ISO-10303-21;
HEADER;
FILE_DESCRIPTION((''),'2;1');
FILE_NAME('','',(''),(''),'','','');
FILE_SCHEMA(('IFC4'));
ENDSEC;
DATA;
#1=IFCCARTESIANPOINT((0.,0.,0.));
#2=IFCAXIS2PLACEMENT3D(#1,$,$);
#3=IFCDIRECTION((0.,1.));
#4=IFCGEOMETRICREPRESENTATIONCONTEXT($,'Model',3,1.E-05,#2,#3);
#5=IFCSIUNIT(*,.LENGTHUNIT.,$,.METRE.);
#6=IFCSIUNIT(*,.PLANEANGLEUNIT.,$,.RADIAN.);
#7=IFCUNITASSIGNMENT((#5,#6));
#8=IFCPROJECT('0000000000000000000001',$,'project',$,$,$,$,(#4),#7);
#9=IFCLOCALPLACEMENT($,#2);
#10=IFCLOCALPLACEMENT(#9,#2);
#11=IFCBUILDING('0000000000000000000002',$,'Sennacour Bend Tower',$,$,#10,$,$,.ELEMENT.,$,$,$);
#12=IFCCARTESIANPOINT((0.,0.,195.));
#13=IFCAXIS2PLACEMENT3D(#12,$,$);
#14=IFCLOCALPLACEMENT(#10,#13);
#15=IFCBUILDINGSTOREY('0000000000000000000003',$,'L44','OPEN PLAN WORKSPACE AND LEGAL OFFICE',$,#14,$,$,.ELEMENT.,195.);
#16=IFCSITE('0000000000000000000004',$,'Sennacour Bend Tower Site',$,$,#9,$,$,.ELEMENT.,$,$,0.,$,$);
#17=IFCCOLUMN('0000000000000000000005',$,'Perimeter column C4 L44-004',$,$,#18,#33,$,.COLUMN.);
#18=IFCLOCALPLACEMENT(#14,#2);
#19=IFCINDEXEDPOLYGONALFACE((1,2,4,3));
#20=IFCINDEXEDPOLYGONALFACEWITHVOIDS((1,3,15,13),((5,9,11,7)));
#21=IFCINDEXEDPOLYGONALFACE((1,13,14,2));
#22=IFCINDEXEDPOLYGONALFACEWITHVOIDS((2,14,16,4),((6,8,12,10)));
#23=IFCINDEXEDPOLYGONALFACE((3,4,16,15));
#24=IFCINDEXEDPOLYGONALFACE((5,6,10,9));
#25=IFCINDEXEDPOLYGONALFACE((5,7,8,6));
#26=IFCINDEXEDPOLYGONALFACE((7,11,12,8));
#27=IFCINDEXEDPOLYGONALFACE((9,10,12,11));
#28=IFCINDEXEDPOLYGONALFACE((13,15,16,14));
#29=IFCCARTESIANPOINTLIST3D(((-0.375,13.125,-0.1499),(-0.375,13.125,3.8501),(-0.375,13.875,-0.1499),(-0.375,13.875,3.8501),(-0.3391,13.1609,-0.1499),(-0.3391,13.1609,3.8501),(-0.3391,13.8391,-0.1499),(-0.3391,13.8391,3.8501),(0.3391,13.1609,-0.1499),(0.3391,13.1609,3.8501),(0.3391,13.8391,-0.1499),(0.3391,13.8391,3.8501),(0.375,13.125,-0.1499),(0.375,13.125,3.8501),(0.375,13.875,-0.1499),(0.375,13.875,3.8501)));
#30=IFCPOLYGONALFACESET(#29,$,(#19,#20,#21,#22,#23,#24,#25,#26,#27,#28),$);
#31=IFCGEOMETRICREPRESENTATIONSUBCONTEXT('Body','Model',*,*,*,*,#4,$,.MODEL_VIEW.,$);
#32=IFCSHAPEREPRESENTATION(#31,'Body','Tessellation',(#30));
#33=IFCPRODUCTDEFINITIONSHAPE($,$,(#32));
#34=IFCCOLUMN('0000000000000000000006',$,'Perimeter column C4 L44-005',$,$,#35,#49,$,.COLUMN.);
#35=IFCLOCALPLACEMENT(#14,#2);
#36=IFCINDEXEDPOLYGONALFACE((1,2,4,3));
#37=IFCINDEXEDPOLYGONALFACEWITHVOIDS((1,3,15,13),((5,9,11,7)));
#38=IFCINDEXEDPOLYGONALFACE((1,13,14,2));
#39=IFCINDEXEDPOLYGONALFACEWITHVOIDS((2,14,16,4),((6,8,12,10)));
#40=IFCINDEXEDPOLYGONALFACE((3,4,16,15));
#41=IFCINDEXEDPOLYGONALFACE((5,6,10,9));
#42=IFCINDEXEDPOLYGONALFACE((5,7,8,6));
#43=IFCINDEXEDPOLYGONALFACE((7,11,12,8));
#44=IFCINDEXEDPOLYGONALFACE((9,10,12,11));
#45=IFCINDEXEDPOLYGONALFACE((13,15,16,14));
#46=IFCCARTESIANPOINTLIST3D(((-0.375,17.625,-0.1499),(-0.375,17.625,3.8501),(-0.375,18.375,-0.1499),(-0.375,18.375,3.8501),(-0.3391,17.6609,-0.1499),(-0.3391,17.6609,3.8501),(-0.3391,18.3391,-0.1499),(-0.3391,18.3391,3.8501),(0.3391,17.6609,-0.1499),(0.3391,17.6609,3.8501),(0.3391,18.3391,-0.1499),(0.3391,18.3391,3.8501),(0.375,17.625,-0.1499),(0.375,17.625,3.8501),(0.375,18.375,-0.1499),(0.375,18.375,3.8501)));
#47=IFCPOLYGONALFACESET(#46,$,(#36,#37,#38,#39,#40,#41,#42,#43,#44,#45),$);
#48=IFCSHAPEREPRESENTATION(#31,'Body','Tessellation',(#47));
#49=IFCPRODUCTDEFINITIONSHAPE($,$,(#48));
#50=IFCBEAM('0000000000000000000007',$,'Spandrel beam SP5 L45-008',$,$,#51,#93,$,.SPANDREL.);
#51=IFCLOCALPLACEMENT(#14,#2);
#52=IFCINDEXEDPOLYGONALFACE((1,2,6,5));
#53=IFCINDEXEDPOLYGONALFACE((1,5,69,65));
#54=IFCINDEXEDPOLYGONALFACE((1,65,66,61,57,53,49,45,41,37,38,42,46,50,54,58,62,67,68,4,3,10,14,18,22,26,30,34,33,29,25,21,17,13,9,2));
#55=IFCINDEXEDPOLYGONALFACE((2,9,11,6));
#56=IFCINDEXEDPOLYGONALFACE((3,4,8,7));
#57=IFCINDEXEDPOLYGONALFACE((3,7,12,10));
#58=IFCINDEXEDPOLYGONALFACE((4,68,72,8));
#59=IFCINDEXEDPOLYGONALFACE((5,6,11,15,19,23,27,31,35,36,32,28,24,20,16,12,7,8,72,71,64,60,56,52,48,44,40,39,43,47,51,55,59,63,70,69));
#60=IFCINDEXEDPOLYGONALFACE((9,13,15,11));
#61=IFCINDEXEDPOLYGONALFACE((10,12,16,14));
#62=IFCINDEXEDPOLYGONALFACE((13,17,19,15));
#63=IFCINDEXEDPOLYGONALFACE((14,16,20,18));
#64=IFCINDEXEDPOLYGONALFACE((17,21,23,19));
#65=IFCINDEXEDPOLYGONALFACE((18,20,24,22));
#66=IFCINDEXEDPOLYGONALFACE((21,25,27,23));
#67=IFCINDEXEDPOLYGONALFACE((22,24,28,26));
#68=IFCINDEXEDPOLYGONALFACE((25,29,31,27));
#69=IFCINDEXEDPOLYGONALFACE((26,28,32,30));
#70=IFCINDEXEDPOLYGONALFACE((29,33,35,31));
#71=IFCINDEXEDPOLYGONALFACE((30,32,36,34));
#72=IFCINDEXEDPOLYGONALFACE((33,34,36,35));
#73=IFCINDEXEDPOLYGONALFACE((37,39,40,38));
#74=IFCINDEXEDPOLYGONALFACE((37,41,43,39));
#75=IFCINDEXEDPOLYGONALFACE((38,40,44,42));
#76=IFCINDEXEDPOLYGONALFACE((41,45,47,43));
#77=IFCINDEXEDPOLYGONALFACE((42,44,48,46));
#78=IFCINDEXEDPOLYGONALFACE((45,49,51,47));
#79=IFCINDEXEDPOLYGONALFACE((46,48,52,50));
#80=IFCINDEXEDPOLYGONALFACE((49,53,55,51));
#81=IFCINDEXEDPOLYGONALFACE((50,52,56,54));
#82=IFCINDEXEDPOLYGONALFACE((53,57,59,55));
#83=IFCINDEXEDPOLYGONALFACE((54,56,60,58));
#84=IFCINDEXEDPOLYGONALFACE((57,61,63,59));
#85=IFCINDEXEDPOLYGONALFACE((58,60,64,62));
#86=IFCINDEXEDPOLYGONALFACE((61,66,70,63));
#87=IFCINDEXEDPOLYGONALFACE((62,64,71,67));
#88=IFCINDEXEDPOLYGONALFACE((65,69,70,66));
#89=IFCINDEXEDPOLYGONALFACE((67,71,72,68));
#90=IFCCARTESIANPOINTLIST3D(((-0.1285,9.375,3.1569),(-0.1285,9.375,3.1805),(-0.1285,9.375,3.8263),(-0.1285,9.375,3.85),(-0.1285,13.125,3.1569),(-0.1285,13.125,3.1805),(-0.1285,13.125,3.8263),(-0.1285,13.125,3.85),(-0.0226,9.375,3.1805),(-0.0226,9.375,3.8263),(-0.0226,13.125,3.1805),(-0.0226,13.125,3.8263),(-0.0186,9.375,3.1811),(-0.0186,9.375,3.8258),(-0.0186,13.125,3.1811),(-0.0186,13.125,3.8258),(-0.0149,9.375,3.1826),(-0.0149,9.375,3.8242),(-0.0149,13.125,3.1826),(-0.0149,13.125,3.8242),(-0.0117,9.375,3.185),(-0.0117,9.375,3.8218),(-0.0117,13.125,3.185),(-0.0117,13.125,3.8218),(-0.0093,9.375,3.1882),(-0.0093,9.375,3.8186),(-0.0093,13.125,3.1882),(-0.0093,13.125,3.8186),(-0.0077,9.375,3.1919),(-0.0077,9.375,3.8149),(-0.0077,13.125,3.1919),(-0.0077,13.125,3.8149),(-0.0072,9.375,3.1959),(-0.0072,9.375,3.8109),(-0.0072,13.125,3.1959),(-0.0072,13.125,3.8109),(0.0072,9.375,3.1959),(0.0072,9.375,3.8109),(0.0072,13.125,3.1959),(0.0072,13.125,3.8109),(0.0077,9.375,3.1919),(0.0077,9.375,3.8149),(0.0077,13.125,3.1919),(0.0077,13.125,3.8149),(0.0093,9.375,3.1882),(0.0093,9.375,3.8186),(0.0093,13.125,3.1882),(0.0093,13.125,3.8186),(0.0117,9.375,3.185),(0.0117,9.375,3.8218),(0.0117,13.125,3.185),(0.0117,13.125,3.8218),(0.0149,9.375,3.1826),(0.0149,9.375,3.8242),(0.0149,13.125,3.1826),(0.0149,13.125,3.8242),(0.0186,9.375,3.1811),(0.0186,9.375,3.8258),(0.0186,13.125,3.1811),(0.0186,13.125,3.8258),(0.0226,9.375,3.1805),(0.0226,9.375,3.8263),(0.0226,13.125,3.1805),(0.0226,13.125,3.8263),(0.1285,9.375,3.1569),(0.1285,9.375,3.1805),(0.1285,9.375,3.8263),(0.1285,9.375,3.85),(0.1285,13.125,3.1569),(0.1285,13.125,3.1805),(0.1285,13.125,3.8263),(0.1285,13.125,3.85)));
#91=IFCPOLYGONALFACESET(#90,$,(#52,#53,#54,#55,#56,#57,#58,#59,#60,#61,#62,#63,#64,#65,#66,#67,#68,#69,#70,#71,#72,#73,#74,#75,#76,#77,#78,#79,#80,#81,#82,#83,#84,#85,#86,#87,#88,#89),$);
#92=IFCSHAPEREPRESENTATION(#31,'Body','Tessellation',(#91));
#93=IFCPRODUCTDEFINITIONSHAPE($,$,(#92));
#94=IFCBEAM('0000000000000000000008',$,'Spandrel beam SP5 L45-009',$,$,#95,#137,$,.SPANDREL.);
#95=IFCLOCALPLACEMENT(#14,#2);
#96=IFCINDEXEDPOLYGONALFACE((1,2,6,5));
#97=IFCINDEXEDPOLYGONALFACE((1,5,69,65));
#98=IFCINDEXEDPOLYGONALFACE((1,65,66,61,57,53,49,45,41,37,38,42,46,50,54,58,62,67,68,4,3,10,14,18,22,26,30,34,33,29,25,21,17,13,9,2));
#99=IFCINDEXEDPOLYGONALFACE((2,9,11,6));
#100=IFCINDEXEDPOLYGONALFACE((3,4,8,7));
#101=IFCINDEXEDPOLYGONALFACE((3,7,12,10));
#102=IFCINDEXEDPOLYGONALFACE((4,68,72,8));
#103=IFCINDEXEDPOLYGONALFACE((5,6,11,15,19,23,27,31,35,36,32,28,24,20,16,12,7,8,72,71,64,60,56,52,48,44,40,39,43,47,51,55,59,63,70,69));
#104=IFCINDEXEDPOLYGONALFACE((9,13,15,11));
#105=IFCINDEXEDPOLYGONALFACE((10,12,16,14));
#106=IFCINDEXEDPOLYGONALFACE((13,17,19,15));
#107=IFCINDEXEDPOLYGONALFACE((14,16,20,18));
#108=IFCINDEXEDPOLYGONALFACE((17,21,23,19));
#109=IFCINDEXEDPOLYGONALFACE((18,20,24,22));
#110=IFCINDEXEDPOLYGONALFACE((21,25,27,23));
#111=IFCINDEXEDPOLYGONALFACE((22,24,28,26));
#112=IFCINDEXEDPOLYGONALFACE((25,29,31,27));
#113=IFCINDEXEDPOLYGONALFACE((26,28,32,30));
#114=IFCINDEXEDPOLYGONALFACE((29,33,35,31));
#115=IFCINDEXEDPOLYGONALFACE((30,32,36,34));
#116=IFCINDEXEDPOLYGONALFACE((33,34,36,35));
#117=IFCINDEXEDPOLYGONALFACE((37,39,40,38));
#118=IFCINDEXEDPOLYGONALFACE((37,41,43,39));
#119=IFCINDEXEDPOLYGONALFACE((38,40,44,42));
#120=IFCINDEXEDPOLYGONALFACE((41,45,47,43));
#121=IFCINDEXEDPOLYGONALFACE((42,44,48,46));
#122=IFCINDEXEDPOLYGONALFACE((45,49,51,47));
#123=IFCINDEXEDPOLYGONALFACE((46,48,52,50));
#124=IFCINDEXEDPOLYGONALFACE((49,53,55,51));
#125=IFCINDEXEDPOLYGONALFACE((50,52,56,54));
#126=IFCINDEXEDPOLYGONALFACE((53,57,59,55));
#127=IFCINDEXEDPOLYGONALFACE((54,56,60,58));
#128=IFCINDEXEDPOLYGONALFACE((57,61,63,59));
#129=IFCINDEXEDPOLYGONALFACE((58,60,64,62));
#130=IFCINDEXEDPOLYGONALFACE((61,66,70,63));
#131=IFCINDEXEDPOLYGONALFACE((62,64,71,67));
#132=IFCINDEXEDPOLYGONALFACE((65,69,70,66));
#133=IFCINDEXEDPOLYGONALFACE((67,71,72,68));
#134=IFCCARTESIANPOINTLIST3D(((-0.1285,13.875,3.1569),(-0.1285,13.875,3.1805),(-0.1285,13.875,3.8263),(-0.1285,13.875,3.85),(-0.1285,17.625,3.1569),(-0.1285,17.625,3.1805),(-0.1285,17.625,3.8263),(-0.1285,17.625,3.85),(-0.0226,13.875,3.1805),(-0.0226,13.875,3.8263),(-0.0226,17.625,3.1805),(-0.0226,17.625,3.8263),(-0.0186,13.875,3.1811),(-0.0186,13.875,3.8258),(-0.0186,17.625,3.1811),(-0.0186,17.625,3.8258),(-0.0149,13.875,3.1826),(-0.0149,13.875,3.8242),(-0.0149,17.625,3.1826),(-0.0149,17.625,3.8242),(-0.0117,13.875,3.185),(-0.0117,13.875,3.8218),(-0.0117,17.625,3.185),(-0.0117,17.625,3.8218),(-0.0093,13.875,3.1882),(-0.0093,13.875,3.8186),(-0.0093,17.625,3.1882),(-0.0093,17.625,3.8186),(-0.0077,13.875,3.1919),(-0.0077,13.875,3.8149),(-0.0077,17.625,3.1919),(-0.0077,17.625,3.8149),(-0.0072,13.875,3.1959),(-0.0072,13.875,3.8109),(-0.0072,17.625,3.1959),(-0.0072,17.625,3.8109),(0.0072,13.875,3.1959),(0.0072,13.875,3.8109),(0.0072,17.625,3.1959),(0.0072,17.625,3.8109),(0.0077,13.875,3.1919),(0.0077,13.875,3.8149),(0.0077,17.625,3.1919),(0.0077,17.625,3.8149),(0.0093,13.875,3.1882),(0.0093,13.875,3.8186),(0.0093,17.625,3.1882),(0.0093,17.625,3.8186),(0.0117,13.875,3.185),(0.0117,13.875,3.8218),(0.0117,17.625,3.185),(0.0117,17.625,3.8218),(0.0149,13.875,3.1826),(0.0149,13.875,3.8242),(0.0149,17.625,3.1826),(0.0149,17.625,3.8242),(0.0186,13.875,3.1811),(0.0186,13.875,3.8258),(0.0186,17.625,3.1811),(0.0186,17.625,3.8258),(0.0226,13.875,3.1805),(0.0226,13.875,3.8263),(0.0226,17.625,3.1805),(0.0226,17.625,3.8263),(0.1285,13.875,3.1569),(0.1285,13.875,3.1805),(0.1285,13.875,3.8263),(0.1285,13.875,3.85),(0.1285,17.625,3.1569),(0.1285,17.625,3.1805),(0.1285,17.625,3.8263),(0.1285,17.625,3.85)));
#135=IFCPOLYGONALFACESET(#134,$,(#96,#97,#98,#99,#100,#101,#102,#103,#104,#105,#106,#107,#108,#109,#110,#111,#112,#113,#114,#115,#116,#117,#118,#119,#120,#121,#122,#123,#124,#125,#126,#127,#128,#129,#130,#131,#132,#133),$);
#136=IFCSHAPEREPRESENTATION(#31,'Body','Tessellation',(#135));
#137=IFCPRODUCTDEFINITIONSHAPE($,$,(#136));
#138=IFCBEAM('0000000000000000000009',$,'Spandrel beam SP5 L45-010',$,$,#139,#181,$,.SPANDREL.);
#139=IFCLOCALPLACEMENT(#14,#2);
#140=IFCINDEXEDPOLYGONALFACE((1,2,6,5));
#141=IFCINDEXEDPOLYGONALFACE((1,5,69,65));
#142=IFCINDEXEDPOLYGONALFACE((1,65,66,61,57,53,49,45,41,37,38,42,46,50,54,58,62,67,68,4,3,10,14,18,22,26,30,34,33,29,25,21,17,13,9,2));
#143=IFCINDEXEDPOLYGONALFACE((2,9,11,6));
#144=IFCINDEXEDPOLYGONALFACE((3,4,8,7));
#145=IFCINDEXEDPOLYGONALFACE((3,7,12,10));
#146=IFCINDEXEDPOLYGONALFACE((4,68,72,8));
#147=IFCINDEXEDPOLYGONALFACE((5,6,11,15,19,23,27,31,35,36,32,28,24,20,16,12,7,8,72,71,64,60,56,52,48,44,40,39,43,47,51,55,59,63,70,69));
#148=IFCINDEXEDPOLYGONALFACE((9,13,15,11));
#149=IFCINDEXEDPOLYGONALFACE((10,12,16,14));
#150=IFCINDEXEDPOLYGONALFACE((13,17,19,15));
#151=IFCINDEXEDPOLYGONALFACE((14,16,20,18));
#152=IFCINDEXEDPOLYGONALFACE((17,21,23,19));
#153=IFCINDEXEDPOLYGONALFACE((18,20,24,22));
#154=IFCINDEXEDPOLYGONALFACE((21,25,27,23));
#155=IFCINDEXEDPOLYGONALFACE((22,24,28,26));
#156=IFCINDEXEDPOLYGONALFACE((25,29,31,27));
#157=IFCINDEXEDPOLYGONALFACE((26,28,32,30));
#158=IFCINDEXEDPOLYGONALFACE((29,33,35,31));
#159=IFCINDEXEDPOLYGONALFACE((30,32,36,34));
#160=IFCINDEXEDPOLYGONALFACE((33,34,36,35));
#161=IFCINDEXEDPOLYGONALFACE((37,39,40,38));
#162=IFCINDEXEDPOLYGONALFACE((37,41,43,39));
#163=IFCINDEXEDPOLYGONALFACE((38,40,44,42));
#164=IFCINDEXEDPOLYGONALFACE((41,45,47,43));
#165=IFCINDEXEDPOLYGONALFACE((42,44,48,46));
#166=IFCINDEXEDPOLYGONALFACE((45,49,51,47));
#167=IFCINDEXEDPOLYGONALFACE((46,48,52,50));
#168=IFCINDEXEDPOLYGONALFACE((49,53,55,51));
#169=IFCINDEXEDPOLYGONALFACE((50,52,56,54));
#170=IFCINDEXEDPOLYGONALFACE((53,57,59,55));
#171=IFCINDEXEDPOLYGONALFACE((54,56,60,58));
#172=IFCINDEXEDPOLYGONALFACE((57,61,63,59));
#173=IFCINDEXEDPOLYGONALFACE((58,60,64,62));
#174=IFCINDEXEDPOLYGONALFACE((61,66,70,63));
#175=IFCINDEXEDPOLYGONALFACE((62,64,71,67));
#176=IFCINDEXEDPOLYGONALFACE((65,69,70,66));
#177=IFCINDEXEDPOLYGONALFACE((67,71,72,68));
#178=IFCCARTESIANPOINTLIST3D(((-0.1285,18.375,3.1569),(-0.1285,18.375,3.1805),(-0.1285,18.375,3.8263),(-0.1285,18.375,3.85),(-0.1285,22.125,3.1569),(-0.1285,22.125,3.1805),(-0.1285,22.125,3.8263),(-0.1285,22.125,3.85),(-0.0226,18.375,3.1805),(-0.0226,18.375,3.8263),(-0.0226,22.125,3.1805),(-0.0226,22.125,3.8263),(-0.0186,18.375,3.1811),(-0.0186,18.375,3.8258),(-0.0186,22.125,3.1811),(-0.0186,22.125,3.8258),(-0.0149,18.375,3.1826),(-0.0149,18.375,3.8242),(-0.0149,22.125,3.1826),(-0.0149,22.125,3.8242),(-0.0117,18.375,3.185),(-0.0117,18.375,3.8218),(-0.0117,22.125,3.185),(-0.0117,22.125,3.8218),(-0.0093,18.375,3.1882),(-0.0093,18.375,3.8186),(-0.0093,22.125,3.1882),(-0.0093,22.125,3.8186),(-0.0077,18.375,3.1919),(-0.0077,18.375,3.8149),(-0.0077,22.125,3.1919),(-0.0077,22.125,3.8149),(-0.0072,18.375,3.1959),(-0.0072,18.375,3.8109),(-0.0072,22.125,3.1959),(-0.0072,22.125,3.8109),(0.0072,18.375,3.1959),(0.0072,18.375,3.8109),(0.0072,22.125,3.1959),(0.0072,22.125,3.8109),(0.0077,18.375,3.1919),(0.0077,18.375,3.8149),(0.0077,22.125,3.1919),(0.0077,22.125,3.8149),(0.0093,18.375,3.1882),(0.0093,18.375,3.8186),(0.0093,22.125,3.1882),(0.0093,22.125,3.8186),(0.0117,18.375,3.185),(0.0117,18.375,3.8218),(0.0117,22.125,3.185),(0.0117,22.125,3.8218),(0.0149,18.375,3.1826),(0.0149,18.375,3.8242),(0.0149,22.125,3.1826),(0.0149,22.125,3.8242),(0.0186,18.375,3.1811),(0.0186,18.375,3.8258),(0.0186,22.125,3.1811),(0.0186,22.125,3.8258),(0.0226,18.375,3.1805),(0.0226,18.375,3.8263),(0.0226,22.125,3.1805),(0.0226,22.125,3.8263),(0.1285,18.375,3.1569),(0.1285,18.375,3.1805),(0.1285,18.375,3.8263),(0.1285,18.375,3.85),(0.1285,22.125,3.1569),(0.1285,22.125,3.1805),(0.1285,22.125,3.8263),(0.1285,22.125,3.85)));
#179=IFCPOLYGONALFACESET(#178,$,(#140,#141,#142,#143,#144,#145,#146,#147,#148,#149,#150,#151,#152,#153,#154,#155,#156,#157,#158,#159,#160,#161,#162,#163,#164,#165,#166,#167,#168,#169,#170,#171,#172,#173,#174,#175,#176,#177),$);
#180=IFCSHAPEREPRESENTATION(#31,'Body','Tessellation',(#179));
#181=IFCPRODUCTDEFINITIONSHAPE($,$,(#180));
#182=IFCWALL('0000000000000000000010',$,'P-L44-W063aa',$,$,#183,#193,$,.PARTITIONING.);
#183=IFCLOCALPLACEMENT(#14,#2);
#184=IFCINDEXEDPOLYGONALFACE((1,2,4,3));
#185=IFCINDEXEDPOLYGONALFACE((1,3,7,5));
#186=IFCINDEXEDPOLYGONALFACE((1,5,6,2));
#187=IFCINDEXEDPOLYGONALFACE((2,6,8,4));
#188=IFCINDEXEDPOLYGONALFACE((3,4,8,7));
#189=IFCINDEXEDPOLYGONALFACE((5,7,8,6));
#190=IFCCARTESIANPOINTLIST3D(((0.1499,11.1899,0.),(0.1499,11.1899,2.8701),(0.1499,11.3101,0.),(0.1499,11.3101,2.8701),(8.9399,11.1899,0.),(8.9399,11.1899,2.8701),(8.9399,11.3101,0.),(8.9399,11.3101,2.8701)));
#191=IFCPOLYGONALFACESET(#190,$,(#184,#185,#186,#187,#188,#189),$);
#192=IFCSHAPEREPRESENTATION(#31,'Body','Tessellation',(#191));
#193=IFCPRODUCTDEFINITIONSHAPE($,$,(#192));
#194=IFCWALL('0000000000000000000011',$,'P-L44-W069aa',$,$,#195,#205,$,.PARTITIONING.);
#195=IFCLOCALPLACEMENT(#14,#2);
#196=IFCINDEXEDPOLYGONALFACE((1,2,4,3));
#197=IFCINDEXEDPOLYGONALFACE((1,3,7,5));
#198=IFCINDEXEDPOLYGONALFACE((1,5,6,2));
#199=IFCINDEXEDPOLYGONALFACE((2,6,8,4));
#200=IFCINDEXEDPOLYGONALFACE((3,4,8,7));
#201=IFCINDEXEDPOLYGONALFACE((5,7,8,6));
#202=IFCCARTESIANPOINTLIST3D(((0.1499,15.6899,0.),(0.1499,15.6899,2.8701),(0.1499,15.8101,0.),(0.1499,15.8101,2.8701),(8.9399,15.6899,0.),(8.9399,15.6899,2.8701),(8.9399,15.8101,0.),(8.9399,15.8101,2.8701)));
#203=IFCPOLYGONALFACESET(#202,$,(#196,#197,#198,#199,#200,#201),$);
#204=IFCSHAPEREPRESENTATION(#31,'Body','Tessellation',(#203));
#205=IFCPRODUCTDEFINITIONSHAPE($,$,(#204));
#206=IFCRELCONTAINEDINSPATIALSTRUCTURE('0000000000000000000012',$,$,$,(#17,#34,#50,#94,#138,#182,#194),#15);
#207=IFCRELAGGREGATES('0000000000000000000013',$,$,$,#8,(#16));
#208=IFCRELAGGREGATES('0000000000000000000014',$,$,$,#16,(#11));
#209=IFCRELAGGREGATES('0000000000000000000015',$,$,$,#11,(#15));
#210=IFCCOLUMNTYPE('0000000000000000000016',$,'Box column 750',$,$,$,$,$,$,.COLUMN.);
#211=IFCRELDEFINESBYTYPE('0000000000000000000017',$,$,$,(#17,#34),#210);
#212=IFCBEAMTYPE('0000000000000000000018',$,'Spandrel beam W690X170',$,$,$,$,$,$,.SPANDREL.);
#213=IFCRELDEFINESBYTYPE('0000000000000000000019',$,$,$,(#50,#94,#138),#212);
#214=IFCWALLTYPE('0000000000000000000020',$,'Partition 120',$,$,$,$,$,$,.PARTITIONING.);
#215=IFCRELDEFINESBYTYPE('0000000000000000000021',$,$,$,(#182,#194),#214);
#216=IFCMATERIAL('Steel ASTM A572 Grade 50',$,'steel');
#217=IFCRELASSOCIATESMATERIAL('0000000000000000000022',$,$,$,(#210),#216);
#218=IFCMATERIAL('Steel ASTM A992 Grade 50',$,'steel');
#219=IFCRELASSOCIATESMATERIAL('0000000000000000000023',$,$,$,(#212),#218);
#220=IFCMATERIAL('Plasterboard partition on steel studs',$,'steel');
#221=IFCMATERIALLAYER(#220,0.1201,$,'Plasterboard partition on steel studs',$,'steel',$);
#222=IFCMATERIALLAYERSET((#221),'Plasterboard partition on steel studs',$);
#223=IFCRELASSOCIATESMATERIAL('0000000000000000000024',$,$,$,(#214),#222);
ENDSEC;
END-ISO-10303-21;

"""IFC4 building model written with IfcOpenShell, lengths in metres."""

from ifc_helpers import new_model, si_unit, direction, frame, frame_2d, origin, origin_2d, place, context, subcontext, project, spatial, rectangle, hollow_rectangle, i_section, extrude, material, layer, layer_set, material_profile, profile_set, type_object, element, save


model = new_model("IFC4")

# Units and contexts
model_context = context("Model", 3, precision=1e-05, world=origin(), true_north=direction((0.0, 1.0)))
body_context = subcontext(model_context, "Body", "Model", "MODEL_VIEW")
ifc_project = project(units=[si_unit("LENGTHUNIT", "METRE"), si_unit("PLANEANGLEUNIT", "RADIAN")], contexts=[model_context])

# Site, building, storey
site_placement = place(None, origin())
site = spatial("IfcSite", under=ifc_project, at=site_placement, Name="Sennacour Bend Tower Site", CompositionType="ELEMENT", RefElevation=0.0)
building_placement = place(site_placement, origin())
building = spatial("IfcBuilding", under=site, at=building_placement, Name="Sennacour Bend Tower", CompositionType="ELEMENT")
storey_placement = place(building_placement, frame((0.0, 0.0, 195.0)))
storey = spatial("IfcBuildingStorey", under=building, at=storey_placement, Name="L44", Description="OPEN PLAN WORKSPACE AND LEGAL OFFICE", CompositionType="ELEMENT", Elevation=195.0)

# Columns
ifc_material_1 = material(Name="Steel ASTM A572 Grade 50", Category="steel")
ifc_material_profile_1 = material_profile(ifc_material_1, hollow_rectangle(XDim=0.75, YDim=0.75, WallThickness=0.0359, at=origin_2d()), Name="Steel ASTM A572 Grade 50", Category="steel")
ifc_profile_set_1 = profile_set([ifc_material_profile_1], Name="Steel ASTM A572 Grade 50")
column_type = type_object("IfcColumnType", Name="Box column 750", PredefinedType="COLUMN", material=ifc_profile_set_1)
for number, where, z_axis, x_axis, name in (
    (1, (0.0, 13.5, -0.1499), (0.0, 0.0, 1.0), (1.0, 0.0, 0.0), "Perimeter column C4 L44-004"),
    (2, (0.0, 18.0, -0.1499), (0.0, 0.0, 1.0), (1.0, 0.0, 0.0), "Perimeter column C4 L44-005"),
):
    element("IfcColumn", number, at=place(storey_placement, frame(where, z_axis=z_axis, x_axis=x_axis)), inside=storey, type_object=column_type, Name=name, PredefinedType="COLUMN", context=body_context, shape_type="SweptSolid", body=[
        extrude(hollow_rectangle(XDim=0.75, YDim=0.75, WallThickness=0.0359, at=origin_2d()), origin(), (0.0, 0.0, 1.0), 4.0),
    ])

# Beams
ifc_material_2 = material(Name="Steel ASTM A992 Grade 50", Category="steel")
ifc_material_profile_2 = material_profile(ifc_material_2, i_section(OverallWidth=0.2571, OverallDepth=0.6931, WebThickness=0.0144, FlangeThickness=0.0237, FilletRadius=0.0154, at=origin_2d()), Name="Steel ASTM A992 Grade 50", Category="steel")
ifc_profile_set_2 = profile_set([ifc_material_profile_2], Name="Steel ASTM A992 Grade 50")
beam_type = type_object("IfcBeamType", Name="Spandrel beam W690X170", PredefinedType="SPANDREL", material=ifc_profile_set_2)
for number, where, z_axis, x_axis, name in (
    (3, (0.0, 9.375, 3.5034), (0.0, 1.0, 0.0), (-1.0, 0.0, 0.0), "Spandrel beam SP5 L45-008"),
    (4, (0.0, 13.875, 3.5034), (0.0, 1.0, 0.0), (-1.0, 0.0, 0.0), "Spandrel beam SP5 L45-009"),
    (5, (0.0, 18.375, 3.5034), (0.0, 1.0, 0.0), (-1.0, 0.0, 0.0), "Spandrel beam SP5 L45-010"),
):
    element("IfcBeam", number, at=place(storey_placement, frame(where, z_axis=z_axis, x_axis=x_axis)), inside=storey, type_object=beam_type, Name=name, PredefinedType="SPANDREL", context=body_context, shape_type="SweptSolid", body=[
        extrude(i_section(OverallWidth=0.2571, OverallDepth=0.6931, WebThickness=0.0144, FlangeThickness=0.0237, FilletRadius=0.0154, at=origin_2d()), origin(), (0.0, 0.0, 1.0), 3.75),
    ])

# Walls
ifc_material_3 = material(Name="Plasterboard partition on steel studs", Category="steel")
ifc_layer_1 = layer(ifc_material_3, 0.1201, Name="Plasterboard partition on steel studs", Category="steel")
ifc_layer_set_1 = layer_set([ifc_layer_1], Name="Plasterboard partition on steel studs")
wall_type_1 = type_object("IfcWallType", Name="Partition 120", PredefinedType="PARTITIONING", material=ifc_layer_set_1)
for number, where, z_axis, x_axis, name in (
    (6, (0.1499, 11.25, 0.0), (0.0, 0.0, 1.0), (1.0, 0.0, 0.0), "P-L44-W063aa"),
    (7, (0.1499, 15.75, 0.0), (0.0, 0.0, 1.0), (1.0, 0.0, 0.0), "P-L44-W069aa"),
):
    element("IfcWall", number, at=place(storey_placement, frame(where, z_axis=z_axis, x_axis=x_axis)), inside=storey, type_object=wall_type_1, Name=name, PredefinedType="PARTITIONING", context=body_context, shape_type="SweptSolid", body=[
        extrude(rectangle(XDim=8.79, YDim=0.1201, at=frame_2d((4.395, 0.0))), origin(), (0.0, 0.0, 1.0), 2.8701),
    ])

save(model, "model.ifc")
